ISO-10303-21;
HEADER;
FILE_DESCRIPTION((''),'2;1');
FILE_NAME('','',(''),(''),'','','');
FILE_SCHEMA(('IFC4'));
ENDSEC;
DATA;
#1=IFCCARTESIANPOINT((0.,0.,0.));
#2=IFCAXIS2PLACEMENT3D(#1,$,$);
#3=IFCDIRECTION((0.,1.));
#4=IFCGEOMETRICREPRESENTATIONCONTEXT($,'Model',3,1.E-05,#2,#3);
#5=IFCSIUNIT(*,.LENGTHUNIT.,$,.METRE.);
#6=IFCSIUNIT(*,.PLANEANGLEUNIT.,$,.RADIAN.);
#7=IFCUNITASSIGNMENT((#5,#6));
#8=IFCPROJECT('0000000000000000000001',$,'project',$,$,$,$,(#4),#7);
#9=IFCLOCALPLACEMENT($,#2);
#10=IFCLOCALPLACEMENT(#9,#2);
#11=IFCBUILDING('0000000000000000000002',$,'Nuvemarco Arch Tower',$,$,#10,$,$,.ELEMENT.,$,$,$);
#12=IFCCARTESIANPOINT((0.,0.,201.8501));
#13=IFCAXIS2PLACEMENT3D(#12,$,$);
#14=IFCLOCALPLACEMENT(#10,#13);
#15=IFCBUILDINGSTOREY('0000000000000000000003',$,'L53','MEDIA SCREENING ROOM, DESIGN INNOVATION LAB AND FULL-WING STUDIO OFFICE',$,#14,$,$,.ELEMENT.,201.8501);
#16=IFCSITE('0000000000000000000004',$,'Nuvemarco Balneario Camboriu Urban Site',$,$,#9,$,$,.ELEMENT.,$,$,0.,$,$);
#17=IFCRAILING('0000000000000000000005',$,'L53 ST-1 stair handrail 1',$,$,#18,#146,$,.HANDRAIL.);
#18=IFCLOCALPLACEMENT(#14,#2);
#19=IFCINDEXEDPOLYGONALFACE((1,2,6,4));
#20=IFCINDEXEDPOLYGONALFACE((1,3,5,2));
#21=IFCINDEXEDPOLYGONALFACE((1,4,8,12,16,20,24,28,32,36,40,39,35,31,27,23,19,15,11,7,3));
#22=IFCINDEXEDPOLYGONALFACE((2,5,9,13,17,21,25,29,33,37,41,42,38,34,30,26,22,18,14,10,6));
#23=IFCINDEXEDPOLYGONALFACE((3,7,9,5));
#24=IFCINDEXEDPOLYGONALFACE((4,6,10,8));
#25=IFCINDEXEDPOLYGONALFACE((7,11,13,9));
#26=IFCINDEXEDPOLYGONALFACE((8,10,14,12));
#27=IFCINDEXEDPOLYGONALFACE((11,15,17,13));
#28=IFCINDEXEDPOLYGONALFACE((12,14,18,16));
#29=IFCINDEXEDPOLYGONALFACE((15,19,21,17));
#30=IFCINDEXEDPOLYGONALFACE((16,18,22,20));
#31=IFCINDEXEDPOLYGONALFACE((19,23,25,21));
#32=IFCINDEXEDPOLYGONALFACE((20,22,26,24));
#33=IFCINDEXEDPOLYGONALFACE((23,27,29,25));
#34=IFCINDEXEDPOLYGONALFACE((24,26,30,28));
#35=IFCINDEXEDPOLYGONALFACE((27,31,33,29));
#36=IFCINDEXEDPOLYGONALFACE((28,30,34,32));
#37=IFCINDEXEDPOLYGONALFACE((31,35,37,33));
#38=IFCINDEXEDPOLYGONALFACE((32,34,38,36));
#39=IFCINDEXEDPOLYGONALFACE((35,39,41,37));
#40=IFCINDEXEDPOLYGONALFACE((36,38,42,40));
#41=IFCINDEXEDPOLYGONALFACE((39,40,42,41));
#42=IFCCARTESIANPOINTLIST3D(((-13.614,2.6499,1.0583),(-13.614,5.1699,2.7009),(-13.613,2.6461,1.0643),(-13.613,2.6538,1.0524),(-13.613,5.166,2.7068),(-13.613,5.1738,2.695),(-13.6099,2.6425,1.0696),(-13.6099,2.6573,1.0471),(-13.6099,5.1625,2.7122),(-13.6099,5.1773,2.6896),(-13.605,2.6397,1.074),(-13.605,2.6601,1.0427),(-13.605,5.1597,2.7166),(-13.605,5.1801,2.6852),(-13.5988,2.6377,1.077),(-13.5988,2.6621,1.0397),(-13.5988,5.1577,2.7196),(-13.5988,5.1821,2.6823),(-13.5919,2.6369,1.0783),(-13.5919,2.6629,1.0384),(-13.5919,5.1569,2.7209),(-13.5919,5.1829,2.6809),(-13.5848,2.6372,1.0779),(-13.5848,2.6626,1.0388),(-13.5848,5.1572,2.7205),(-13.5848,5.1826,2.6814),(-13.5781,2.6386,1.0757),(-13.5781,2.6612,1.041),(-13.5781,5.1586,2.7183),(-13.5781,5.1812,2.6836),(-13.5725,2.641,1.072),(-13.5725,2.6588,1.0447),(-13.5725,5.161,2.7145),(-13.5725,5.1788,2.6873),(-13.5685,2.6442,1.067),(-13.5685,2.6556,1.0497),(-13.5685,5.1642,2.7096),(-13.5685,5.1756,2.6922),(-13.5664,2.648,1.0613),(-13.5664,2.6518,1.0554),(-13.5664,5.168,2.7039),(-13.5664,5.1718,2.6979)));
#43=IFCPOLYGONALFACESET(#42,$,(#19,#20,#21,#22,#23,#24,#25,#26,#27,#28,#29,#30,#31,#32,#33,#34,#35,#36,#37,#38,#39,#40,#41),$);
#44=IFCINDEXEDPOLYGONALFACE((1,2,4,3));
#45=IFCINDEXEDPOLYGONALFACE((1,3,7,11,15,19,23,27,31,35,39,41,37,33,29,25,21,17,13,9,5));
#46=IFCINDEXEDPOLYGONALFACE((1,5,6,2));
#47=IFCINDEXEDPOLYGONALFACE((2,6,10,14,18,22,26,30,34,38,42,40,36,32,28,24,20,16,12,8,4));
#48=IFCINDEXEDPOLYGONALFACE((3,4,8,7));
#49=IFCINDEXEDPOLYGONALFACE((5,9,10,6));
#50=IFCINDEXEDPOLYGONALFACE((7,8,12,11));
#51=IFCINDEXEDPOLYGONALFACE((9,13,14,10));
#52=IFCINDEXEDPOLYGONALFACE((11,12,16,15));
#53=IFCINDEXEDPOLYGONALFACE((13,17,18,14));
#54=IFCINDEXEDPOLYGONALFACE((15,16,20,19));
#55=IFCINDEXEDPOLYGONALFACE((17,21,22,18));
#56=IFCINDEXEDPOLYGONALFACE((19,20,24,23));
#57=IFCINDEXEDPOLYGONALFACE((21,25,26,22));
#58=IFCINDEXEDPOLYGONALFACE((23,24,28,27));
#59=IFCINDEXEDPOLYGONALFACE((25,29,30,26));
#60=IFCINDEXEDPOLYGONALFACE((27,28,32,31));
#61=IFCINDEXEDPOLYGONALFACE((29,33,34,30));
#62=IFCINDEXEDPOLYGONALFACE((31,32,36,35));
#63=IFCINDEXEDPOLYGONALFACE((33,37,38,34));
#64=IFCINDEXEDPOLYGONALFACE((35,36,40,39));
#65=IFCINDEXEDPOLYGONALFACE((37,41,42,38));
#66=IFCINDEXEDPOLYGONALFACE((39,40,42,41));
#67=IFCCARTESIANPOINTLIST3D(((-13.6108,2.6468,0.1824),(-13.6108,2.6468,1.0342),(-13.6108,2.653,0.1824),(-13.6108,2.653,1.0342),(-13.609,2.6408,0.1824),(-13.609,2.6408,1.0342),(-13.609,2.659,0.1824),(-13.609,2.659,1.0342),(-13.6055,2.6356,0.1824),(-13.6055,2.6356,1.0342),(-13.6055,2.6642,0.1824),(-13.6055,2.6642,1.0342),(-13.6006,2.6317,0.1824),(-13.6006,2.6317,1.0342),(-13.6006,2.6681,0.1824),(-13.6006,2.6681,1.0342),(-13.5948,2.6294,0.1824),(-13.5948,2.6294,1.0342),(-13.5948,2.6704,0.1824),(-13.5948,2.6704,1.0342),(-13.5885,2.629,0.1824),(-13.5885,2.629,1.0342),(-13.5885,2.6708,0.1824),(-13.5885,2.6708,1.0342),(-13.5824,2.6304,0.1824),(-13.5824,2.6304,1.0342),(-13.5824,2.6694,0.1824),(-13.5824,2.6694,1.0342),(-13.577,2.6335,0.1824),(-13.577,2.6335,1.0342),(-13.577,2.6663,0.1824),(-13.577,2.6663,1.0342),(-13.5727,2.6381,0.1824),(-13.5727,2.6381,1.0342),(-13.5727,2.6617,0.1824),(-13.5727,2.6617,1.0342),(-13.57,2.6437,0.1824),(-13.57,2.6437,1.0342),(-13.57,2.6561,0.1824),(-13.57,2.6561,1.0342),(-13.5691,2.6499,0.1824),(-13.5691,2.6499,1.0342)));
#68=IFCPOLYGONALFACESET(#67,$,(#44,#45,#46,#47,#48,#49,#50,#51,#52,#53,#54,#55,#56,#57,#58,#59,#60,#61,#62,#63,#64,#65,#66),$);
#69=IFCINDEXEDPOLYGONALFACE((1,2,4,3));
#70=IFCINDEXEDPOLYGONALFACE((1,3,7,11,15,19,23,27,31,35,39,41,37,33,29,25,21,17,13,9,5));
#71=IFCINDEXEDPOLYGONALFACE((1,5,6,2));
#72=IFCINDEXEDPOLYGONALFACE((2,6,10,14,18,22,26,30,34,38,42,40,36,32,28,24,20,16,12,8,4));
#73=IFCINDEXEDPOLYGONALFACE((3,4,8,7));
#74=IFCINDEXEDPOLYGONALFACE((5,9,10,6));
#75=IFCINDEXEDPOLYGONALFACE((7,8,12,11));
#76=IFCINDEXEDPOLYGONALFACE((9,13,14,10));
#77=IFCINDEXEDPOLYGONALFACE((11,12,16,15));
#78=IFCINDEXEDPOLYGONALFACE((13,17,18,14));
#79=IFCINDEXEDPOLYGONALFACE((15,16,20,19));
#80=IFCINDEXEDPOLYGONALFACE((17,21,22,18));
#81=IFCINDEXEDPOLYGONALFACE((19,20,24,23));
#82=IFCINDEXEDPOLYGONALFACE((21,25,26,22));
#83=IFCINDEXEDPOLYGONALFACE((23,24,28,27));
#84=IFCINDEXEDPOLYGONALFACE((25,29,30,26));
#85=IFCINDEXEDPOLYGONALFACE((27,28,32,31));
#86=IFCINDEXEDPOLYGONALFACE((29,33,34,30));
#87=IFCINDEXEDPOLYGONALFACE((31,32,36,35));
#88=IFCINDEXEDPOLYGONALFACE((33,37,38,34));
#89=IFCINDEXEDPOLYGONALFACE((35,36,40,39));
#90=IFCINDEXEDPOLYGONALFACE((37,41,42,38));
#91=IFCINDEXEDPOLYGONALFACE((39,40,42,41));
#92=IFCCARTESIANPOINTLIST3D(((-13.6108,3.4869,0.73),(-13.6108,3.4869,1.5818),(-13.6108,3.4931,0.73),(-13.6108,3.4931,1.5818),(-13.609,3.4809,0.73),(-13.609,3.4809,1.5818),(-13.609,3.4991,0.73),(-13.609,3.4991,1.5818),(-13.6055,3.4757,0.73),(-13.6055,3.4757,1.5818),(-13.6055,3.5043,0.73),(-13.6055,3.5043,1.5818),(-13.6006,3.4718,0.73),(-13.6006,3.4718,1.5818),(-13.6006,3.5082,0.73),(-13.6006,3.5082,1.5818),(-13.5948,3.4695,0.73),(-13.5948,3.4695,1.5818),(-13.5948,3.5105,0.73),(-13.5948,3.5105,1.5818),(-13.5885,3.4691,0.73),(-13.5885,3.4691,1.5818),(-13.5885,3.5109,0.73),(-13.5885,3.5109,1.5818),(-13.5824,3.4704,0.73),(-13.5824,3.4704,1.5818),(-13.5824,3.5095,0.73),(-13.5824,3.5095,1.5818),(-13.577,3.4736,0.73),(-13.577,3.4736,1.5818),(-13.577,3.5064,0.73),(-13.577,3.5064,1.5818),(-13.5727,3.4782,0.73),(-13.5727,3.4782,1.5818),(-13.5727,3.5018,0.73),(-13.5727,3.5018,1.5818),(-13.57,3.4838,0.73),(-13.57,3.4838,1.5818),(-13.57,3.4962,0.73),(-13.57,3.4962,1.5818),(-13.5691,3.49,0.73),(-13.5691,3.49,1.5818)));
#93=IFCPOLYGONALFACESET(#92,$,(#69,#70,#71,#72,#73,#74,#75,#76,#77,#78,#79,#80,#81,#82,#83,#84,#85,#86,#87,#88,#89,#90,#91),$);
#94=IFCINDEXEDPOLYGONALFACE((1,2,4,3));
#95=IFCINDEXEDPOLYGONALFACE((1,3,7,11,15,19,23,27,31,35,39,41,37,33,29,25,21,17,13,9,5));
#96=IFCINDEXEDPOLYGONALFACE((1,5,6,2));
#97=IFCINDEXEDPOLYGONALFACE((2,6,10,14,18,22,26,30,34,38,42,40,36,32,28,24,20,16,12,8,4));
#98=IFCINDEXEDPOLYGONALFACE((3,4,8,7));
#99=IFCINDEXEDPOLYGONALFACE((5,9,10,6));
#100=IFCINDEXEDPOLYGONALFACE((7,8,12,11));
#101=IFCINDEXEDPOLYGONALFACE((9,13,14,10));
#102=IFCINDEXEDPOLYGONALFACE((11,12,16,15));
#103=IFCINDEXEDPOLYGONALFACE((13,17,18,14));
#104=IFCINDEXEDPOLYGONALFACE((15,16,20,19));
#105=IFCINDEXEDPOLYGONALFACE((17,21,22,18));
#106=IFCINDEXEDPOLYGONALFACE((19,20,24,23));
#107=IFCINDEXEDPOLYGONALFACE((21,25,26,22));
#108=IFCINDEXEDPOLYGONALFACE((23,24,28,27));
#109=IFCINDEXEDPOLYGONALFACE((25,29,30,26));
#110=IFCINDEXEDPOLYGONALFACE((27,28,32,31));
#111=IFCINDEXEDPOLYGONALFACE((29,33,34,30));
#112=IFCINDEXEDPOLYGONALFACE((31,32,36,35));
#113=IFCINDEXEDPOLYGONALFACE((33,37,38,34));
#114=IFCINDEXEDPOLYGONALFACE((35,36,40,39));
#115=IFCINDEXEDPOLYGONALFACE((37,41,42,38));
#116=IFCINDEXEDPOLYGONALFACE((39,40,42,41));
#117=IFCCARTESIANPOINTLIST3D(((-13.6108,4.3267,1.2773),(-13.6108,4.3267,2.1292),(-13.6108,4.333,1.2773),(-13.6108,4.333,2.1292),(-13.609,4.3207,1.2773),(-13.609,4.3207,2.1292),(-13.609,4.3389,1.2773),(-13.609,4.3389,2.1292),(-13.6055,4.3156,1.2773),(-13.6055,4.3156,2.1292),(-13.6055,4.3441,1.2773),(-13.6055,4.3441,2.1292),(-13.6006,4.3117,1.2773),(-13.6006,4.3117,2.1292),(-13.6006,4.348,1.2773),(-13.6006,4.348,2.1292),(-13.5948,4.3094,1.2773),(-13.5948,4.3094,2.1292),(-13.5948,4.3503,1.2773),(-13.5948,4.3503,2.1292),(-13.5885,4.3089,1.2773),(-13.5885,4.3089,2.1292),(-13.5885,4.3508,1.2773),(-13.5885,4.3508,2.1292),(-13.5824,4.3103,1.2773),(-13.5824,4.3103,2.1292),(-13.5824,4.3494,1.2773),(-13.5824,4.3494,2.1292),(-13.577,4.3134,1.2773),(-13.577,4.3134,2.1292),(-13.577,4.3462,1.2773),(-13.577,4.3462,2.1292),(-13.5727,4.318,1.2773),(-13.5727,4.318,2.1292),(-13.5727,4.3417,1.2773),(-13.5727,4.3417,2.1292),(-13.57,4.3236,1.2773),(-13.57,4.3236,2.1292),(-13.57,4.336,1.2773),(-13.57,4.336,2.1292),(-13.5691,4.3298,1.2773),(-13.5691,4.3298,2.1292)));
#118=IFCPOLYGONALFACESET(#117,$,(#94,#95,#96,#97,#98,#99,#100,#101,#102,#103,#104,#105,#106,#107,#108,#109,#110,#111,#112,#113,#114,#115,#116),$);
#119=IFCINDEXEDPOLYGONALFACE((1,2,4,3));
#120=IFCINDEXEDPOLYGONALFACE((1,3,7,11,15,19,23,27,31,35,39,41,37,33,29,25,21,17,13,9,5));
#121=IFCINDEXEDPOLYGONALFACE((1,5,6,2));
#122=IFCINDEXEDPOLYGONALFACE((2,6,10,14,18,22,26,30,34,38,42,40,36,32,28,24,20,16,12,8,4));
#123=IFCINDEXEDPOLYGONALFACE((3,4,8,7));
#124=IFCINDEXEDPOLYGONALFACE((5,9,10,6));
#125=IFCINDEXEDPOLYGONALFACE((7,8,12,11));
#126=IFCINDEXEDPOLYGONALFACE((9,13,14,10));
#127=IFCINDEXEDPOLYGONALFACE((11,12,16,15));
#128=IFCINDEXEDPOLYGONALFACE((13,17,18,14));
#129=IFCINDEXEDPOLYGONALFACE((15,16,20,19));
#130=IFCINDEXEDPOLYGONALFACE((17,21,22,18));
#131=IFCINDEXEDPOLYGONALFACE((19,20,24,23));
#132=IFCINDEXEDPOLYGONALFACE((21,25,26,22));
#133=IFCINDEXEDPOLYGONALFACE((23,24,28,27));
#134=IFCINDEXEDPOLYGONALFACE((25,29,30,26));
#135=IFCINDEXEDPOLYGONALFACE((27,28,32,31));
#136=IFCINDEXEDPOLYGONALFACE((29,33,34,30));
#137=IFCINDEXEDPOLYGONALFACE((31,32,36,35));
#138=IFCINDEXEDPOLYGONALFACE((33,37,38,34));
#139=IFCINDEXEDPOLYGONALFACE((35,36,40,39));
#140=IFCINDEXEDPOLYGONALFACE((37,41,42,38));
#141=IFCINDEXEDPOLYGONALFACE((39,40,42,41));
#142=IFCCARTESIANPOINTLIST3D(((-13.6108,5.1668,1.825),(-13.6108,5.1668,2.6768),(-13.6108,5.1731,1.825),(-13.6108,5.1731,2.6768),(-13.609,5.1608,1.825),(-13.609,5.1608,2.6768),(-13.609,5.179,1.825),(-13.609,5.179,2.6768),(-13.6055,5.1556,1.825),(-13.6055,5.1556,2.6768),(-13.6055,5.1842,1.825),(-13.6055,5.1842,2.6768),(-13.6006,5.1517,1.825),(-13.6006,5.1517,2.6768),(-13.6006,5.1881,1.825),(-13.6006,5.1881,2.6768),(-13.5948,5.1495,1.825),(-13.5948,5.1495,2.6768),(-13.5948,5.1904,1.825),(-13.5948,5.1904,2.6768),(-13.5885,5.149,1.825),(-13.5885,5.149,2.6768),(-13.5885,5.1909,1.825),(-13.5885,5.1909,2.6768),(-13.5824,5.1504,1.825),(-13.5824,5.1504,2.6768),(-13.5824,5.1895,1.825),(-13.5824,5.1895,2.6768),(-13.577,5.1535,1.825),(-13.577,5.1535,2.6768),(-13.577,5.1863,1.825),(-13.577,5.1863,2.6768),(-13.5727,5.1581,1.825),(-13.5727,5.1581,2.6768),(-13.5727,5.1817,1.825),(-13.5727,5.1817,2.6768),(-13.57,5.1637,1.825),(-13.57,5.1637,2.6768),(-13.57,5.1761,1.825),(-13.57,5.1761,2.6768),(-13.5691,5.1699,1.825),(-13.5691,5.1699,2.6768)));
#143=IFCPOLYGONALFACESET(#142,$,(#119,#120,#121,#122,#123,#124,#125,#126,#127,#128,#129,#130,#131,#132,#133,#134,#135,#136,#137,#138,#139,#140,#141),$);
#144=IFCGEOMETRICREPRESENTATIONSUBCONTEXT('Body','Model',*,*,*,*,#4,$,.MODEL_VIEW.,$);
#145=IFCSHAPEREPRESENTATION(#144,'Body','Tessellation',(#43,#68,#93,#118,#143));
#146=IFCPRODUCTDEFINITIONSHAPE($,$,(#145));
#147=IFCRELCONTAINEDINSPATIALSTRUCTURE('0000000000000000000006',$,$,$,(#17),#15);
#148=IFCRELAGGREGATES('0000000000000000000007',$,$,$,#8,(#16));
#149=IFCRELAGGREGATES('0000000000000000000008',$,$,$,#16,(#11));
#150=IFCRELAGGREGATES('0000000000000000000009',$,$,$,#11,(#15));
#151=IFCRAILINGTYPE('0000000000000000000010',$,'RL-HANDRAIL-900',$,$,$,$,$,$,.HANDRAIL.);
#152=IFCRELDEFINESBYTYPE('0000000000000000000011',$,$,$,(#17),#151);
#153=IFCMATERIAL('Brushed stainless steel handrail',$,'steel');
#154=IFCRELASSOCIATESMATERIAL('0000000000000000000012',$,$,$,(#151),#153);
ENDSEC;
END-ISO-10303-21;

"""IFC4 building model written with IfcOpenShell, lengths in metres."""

from ifc_helpers import new_model, si_unit, direction, frame, origin, origin_2d, place, context, subcontext, project, spatial, circle, extrude, material, type_object, element, save


model = new_model("IFC4")

# Units and contexts
model_context = context("Model", 3, precision=1e-05, world=origin(), true_north=direction((0.0, 1.0)))
body_context = subcontext(model_context, "Body", "Model", "MODEL_VIEW")
ifc_project = project(units=[si_unit("LENGTHUNIT", "METRE"), si_unit("PLANEANGLEUNIT", "RADIAN")], contexts=[model_context])

# Site, building, storey
site_placement = place(None, origin())
site = spatial("IfcSite", under=ifc_project, at=site_placement, Name="Nuvemarco Balneario Camboriu Urban Site", CompositionType="ELEMENT", RefElevation=0.0)
building_placement = place(site_placement, origin())
building = spatial("IfcBuilding", under=site, at=building_placement, Name="Nuvemarco Arch Tower", CompositionType="ELEMENT")
storey_placement = place(building_placement, frame((0.0, 0.0, 201.8501)))
storey = spatial("IfcBuildingStorey", under=building, at=storey_placement, Name="L53", Description="MEDIA SCREENING ROOM, DESIGN INNOVATION LAB AND FULL-WING STUDIO OFFICE", CompositionType="ELEMENT", Elevation=201.8501)

# Railing
ifc_material_1 = material(Name="Brushed stainless steel handrail", Category="steel")
railing_type_1 = type_object("IfcRailingType", Name="RL-HANDRAIL-900", PredefinedType="HANDRAIL", material=ifc_material_1)
railing_1_placement = place(storey_placement, frame((-13.5901, 2.6499, 0.1824)))
element("IfcRailing", 1, at=railing_1_placement, inside=storey, type_object=railing_type_1, Name="L53 ST-1 stair handrail 1", PredefinedType="HANDRAIL", context=body_context, shape_type="SweptSolid", body=[
    extrude(circle(Radius=0.0239, at=origin_2d()), frame((0.0, 0.0, 0.876), z_axis=(0.0, 0.837749, 0.546055), x_axis=(-1.0, 0.0, 0.0)), (0.0, 0.0, 1.0), 3.0081),
    extrude(circle(Radius=0.021, at=origin_2d()), origin(), (0.0, 0.0, 1.0), 0.8518),
    extrude(circle(Radius=0.021, at=origin_2d()), frame((0.0, 0.8401, 0.5476)), (0.0, 0.0, 1.0), 0.8518),
    extrude(circle(Radius=0.021, at=origin_2d()), frame((0.0, 1.6799, 1.095)), (0.0, 0.0, 1.0), 0.8518),
    extrude(circle(Radius=0.021, at=origin_2d()), frame((0.0, 2.52, 1.6426)), (0.0, 0.0, 1.0), 0.8518),
])

save(model, "model.ifc")
